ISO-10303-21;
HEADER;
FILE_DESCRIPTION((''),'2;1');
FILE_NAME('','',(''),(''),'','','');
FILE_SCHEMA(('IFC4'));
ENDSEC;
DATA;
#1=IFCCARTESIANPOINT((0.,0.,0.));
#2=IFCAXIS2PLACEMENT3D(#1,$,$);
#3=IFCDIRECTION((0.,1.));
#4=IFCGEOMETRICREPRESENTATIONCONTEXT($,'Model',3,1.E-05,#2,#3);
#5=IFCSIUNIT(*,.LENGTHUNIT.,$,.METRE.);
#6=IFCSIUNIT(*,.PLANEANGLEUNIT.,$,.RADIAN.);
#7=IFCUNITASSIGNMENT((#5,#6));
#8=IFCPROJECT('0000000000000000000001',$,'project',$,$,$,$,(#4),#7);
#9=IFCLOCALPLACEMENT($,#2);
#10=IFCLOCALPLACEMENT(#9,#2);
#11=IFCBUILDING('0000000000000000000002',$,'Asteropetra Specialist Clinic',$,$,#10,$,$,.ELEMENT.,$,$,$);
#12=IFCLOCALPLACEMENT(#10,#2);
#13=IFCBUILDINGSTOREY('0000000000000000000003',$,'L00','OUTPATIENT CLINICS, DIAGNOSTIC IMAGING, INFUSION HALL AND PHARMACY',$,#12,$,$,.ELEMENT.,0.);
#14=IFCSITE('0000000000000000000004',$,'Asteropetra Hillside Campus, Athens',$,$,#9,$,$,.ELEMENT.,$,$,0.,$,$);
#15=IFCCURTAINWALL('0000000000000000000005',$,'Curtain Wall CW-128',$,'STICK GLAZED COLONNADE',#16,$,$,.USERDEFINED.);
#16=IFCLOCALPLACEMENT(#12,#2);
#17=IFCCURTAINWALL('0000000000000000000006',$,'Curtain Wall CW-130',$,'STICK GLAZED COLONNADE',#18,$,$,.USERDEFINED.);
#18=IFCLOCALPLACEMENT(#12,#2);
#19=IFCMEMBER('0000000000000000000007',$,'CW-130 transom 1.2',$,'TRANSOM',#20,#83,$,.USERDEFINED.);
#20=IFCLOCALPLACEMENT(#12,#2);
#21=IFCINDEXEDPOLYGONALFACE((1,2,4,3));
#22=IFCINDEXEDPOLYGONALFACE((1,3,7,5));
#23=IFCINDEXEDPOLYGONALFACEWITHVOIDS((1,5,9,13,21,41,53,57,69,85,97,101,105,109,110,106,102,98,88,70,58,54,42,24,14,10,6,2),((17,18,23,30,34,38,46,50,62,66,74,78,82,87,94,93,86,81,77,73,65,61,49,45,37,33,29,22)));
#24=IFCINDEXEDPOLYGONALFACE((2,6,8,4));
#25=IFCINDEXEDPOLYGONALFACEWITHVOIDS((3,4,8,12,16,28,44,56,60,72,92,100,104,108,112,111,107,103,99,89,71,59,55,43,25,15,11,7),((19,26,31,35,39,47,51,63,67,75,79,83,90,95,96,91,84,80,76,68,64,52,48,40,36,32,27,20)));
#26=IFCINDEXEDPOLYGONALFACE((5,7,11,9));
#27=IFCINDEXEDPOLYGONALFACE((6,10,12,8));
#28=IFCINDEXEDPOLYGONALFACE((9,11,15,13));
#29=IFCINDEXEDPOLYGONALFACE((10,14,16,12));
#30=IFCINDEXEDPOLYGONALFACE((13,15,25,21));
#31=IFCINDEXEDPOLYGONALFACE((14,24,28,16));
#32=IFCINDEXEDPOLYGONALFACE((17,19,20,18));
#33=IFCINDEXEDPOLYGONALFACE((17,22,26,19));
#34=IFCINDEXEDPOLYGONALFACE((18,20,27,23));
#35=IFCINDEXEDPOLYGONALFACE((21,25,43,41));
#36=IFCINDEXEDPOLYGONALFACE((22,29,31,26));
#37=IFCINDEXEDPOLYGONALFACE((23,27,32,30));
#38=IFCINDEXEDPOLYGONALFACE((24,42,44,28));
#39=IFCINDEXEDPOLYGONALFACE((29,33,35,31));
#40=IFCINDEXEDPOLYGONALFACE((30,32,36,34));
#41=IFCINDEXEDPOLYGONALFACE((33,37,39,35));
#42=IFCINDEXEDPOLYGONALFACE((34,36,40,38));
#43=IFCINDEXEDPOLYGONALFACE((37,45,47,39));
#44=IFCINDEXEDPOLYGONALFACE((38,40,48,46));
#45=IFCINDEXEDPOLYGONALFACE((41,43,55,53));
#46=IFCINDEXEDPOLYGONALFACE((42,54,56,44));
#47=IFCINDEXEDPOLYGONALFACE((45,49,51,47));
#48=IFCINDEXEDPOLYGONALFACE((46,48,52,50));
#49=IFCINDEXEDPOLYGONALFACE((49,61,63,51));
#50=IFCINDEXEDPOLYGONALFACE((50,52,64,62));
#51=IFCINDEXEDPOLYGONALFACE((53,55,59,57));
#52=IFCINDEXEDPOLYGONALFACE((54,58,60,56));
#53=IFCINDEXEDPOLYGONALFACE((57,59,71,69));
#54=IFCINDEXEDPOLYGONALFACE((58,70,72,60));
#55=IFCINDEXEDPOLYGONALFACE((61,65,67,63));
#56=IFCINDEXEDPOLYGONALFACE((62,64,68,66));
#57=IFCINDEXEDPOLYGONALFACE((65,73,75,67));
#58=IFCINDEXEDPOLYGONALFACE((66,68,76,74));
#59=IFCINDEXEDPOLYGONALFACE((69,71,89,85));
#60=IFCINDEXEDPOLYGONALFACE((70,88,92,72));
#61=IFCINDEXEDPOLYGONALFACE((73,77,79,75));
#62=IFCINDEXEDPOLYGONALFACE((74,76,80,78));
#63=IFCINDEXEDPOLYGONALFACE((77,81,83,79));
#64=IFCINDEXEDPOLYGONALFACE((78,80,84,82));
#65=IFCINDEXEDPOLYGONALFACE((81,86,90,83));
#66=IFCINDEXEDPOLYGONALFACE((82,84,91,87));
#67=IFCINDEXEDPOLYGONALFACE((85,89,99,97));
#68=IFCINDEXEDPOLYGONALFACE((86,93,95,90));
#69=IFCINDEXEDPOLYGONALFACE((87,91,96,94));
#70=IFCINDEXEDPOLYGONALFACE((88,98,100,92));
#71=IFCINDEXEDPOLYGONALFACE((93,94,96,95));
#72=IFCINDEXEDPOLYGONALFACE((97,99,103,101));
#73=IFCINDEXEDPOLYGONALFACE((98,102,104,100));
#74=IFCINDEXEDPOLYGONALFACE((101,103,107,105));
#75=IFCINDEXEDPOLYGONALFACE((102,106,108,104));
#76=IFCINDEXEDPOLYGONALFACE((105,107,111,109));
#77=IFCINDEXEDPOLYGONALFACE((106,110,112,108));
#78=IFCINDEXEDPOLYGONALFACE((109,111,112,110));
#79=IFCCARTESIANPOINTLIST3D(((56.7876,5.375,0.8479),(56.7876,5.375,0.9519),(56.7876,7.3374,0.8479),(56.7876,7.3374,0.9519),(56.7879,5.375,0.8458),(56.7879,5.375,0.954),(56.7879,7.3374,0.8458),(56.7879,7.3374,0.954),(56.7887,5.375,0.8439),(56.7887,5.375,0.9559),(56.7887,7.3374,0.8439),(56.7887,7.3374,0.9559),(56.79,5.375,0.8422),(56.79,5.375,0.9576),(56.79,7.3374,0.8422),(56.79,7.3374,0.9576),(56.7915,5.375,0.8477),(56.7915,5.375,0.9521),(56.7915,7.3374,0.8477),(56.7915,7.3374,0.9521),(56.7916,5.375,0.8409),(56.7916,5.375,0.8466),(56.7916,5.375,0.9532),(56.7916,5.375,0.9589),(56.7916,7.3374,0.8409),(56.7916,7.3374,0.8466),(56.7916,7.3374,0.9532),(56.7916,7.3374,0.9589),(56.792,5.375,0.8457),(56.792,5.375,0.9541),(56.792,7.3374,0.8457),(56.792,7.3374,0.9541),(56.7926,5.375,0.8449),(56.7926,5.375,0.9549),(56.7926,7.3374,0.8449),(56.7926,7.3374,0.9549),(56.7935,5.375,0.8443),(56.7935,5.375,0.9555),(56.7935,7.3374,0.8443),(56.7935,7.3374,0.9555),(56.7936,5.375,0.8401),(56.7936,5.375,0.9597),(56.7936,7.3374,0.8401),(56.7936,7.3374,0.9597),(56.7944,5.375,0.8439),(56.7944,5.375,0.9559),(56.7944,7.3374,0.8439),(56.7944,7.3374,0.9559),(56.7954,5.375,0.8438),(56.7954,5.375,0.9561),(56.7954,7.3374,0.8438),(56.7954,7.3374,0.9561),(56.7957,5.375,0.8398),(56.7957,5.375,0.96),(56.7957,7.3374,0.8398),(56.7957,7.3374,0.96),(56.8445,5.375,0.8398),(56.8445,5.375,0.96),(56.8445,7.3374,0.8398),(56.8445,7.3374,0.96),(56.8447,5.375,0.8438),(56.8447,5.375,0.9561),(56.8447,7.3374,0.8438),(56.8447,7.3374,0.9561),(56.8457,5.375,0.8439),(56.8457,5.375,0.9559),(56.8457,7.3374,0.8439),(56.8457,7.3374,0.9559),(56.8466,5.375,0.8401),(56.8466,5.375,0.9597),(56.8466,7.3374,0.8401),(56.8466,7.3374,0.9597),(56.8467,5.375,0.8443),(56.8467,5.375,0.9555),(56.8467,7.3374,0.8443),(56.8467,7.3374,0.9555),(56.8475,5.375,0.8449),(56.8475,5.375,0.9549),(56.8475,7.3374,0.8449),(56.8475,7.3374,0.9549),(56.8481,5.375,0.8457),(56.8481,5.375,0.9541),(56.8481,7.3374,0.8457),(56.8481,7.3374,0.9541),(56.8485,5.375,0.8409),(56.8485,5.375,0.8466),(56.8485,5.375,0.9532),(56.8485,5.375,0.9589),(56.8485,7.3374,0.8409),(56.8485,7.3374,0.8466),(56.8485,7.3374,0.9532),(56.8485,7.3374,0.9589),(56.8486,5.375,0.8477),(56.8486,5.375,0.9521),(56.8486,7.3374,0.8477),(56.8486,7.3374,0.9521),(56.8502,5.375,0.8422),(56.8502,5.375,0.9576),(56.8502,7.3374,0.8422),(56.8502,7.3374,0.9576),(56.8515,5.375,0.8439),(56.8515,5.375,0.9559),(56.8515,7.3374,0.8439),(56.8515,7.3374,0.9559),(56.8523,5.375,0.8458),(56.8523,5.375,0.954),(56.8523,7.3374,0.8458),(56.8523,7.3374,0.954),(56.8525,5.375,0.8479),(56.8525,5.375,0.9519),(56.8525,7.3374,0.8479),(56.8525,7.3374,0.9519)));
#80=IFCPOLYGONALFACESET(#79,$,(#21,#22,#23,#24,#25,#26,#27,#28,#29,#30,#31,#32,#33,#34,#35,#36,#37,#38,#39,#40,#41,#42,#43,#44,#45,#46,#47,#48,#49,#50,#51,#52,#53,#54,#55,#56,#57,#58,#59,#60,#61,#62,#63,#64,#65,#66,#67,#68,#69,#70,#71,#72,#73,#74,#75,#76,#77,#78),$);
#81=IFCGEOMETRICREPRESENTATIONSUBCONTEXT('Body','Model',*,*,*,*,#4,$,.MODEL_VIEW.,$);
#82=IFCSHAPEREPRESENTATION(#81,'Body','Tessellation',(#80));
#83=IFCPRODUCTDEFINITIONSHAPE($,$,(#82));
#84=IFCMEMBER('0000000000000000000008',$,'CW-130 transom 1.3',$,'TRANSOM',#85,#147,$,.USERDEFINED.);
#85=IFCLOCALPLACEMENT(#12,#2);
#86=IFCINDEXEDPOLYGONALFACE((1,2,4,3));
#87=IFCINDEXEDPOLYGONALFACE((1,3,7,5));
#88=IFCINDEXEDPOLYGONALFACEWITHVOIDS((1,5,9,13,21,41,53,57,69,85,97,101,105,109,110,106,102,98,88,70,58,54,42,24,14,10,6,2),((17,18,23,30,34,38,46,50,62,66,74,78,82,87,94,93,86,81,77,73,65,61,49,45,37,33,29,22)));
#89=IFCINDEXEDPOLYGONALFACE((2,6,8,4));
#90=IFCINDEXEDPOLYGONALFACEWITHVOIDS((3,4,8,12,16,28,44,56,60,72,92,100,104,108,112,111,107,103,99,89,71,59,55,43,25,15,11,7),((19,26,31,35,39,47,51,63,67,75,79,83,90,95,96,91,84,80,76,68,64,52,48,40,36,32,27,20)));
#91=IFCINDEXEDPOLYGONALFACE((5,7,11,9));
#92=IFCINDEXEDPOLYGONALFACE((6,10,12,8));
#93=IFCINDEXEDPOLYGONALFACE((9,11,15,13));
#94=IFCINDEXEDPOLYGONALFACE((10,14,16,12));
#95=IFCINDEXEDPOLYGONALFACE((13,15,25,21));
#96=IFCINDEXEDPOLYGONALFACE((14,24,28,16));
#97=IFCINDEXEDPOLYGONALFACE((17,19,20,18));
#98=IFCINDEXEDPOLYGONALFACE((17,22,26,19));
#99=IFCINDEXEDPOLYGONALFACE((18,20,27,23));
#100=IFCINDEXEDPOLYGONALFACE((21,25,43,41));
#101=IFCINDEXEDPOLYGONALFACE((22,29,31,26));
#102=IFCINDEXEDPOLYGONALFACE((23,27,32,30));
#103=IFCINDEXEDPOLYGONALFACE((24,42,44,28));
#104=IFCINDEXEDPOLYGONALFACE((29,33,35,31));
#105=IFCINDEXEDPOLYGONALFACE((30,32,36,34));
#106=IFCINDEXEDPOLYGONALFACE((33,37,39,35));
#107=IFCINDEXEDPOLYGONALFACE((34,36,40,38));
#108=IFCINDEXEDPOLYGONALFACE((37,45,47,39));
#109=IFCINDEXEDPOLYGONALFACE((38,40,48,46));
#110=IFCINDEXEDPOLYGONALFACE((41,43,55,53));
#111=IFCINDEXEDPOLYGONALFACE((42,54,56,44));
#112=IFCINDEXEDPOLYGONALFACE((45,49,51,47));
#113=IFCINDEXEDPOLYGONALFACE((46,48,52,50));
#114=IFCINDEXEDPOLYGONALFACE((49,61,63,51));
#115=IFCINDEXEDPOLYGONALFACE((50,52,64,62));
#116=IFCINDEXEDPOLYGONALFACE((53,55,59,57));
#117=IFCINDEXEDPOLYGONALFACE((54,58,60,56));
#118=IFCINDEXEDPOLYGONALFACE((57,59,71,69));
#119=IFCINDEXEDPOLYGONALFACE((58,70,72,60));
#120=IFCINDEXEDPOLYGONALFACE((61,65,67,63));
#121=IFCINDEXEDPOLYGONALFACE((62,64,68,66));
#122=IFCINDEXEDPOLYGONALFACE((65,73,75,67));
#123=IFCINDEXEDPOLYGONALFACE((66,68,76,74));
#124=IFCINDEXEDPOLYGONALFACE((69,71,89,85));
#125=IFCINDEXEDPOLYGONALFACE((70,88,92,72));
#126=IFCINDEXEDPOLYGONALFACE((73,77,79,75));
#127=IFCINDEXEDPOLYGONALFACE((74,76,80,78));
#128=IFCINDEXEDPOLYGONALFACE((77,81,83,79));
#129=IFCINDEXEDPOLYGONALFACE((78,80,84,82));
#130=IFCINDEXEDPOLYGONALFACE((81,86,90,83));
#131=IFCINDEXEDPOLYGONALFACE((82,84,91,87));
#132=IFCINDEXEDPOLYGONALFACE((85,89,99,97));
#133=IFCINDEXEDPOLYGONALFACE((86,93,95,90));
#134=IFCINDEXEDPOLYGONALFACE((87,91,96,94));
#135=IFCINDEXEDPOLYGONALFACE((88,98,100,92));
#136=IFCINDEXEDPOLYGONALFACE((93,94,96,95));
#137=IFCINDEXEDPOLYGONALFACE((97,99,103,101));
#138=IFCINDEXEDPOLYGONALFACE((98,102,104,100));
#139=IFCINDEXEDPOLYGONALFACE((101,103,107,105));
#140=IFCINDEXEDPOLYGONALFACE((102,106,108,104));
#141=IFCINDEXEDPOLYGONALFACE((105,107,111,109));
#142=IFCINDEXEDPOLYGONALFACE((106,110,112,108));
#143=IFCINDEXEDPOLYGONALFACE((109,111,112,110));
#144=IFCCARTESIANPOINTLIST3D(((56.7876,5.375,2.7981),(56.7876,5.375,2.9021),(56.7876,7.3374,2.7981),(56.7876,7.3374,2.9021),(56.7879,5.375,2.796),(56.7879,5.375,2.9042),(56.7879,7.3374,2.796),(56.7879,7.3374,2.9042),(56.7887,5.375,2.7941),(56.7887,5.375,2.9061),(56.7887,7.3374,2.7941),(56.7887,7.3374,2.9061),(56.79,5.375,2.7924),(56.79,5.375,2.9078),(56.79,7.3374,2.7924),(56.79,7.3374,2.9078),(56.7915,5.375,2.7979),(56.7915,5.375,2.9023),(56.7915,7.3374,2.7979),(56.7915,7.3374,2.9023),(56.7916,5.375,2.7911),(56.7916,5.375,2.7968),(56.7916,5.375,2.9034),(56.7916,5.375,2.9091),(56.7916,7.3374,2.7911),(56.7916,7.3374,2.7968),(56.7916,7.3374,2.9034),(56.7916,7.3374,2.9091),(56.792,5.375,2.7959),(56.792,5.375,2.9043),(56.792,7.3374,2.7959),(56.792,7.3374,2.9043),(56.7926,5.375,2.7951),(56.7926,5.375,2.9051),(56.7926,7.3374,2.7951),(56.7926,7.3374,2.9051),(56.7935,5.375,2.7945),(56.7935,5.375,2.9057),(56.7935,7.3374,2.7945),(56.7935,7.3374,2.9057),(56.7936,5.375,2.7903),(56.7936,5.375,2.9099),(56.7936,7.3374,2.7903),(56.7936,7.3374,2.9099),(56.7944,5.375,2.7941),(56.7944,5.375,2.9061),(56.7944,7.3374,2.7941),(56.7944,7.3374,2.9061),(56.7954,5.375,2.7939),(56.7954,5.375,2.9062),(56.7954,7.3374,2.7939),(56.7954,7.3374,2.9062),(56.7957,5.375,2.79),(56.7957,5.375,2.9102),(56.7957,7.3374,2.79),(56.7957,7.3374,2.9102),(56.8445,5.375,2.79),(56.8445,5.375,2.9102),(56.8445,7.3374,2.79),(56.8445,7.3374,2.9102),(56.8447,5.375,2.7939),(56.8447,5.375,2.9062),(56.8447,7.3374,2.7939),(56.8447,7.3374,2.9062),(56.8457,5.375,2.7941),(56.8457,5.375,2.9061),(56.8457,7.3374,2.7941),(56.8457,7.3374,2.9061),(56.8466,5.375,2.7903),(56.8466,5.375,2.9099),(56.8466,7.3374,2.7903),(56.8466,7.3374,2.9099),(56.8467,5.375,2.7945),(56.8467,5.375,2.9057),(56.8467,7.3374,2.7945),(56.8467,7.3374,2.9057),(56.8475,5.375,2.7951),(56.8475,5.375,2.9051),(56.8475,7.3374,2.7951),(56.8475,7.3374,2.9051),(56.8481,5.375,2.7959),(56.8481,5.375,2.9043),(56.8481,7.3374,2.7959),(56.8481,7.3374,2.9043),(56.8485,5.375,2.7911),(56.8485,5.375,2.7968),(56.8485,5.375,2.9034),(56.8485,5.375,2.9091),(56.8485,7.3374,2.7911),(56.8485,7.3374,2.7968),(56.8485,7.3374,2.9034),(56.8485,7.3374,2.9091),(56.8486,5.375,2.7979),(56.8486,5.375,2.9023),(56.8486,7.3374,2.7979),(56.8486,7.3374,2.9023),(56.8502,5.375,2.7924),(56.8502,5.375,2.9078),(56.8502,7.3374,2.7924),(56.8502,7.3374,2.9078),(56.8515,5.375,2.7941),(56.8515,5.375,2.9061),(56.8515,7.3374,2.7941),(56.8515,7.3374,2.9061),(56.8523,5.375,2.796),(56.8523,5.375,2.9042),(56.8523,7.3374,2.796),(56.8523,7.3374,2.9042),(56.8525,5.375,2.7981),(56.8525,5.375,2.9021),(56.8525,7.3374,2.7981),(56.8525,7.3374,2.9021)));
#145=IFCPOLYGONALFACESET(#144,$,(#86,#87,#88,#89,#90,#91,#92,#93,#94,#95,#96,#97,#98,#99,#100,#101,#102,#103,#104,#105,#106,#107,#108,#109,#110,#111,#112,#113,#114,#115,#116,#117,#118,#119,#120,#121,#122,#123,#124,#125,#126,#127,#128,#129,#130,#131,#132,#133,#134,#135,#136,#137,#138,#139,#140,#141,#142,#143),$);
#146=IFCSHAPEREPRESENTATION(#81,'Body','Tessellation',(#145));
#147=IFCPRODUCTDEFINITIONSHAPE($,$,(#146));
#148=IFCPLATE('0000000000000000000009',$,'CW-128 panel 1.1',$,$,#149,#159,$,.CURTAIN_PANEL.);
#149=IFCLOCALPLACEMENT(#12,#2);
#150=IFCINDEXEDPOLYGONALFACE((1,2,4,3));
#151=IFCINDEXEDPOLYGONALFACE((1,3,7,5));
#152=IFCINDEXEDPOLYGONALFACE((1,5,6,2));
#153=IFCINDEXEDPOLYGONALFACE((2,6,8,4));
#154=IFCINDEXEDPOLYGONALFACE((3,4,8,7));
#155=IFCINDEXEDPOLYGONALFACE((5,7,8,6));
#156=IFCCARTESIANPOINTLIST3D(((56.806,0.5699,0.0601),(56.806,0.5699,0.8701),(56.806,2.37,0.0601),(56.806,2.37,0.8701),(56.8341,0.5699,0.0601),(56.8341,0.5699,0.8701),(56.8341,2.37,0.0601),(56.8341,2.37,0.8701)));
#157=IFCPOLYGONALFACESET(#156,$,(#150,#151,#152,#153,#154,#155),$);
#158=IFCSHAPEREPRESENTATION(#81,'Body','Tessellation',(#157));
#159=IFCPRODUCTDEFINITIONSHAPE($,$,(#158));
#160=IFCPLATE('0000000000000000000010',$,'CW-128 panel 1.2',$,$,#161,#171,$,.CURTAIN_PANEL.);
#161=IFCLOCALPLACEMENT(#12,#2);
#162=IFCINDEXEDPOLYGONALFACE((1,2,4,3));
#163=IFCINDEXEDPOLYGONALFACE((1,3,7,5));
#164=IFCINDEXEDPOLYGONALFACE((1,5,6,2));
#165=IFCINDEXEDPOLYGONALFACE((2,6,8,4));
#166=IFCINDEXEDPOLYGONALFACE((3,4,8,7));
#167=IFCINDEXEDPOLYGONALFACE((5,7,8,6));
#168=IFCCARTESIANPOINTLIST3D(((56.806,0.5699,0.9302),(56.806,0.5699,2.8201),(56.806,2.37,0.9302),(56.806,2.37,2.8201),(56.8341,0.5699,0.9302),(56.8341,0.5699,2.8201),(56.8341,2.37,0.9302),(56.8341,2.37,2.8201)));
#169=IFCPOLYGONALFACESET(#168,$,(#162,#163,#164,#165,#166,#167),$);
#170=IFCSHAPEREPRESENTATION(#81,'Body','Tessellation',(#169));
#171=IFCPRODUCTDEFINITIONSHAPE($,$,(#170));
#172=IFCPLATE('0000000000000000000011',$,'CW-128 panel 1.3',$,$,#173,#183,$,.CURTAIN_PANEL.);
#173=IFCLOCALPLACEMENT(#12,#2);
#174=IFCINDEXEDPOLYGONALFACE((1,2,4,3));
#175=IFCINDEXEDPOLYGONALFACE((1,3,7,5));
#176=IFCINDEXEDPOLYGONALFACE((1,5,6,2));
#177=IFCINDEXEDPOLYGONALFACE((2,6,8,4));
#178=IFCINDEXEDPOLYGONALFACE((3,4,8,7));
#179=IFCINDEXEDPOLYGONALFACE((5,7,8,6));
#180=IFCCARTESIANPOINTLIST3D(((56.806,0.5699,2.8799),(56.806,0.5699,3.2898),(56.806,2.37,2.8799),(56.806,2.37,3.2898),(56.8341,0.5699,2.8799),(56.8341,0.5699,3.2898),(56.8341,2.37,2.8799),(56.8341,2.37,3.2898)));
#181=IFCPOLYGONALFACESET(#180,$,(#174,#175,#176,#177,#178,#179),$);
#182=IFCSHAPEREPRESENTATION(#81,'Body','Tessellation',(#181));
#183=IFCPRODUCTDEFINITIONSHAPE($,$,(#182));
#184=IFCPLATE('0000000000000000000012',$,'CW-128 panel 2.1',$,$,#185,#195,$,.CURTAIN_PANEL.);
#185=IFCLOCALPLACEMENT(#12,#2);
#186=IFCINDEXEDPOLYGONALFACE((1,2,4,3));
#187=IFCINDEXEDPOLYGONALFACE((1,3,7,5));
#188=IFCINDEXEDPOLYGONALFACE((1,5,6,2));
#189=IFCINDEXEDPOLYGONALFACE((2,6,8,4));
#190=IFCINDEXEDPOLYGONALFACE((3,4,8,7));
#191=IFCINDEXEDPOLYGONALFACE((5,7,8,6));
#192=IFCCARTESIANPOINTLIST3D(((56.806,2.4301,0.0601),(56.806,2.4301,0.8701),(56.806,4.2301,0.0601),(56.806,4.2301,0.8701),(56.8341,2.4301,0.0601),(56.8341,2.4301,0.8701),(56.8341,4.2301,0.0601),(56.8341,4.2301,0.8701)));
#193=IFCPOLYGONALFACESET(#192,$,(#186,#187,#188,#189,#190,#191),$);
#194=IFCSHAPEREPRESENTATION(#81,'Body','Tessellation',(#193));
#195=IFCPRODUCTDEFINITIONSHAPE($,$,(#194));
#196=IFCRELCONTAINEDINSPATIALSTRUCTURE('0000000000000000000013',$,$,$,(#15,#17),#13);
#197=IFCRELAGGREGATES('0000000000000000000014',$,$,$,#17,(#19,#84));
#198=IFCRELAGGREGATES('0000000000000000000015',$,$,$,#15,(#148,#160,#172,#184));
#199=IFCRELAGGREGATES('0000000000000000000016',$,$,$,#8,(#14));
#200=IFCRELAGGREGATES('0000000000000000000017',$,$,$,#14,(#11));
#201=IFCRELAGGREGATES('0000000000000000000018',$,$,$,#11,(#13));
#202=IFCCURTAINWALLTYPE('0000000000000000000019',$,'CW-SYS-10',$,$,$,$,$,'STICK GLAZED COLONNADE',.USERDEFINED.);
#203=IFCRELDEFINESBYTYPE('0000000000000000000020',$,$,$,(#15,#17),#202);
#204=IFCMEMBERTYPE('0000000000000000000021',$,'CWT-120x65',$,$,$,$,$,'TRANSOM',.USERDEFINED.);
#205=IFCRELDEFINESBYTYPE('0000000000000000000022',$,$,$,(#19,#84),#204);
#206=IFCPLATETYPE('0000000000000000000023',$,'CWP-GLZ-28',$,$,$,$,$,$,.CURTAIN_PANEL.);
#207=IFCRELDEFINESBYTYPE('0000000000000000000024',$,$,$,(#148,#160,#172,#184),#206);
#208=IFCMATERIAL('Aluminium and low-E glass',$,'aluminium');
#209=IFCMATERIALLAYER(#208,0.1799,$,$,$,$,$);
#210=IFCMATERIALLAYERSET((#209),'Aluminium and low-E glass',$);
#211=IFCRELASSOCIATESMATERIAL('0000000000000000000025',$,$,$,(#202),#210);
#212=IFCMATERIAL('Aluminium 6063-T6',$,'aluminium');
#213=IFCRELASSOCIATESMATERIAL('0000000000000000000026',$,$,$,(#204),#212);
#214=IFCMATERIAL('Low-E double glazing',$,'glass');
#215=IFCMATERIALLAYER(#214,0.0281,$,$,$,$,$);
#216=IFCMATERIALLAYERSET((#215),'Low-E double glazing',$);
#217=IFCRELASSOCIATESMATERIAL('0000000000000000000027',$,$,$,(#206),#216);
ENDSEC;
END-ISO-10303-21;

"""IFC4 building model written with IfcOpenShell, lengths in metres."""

from ifc_helpers import new_model, si_unit, direction, frame, origin, origin_2d, place, context, subcontext, project, spatial, rectangle, hollow_rectangle, extrude, material, layer, layer_set, material_profile, profile_set, type_object, element, aggregate, save


model = new_model("IFC4")

# Units and contexts
model_context = context("Model", 3, precision=1e-05, world=origin(), true_north=direction((0.0, 1.0)))
body_context = subcontext(model_context, "Body", "Model", "MODEL_VIEW")
ifc_project = project(units=[si_unit("LENGTHUNIT", "METRE"), si_unit("PLANEANGLEUNIT", "RADIAN")], contexts=[model_context])

# Site, building, storey
site_placement = place(None, origin())
site = spatial("IfcSite", under=ifc_project, at=site_placement, Name="Asteropetra Hillside Campus, Athens", CompositionType="ELEMENT", RefElevation=0.0)
building_placement = place(site_placement, origin())
building = spatial("IfcBuilding", under=site, at=building_placement, Name="Asteropetra Specialist Clinic", CompositionType="ELEMENT")
storey_placement = place(building_placement, origin())
storey = spatial("IfcBuildingStorey", under=building, at=storey_placement, Name="L00", Description="OUTPATIENT CLINICS, DIAGNOSTIC IMAGING, INFUSION HALL AND PHARMACY", CompositionType="ELEMENT", Elevation=0.0)

# Curtain wall
ifc_material_1 = material(Name="Aluminium and low-E glass", Category="aluminium")
ifc_layer_1 = layer(ifc_material_1, 0.1799)
ifc_layer_set_1 = layer_set([ifc_layer_1], Name="Aluminium and low-E glass")
curtain_wall_type = type_object("IfcCurtainWallType", Name="CW-SYS-10", ElementType="STICK GLAZED COLONNADE", PredefinedType="USERDEFINED", material=ifc_layer_set_1)
curtain_wall_1_placement = place(storey_placement, origin())
curtain_wall_1 = element("IfcCurtainWall", 1, at=curtain_wall_1_placement, inside=storey, type_object=curtain_wall_type, Name="Curtain Wall CW-128", ObjectType="STICK GLAZED COLONNADE", PredefinedType="USERDEFINED")

# Curtain wall
curtain_wall_2_placement = place(storey_placement, origin())
curtain_wall_2 = element("IfcCurtainWall", 2, at=curtain_wall_2_placement, inside=storey, type_object=curtain_wall_type, Name="Curtain Wall CW-130", ObjectType="STICK GLAZED COLONNADE", PredefinedType="USERDEFINED")

# Members
ifc_material_2 = material(Name="Aluminium 6063-T6", Category="aluminium")
ifc_material_profile_1 = material_profile(ifc_material_2, hollow_rectangle(XDim=0.0649, YDim=0.1201, WallThickness=0.0039, InnerFilletRadius=0.0039, OuterFilletRadius=0.0081, at=origin_2d()), Name="TRN 120x65x4.0")
ifc_profile_set_1 = profile_set([ifc_material_profile_1], Name="Aluminium 6063-T6")
member_type_1 = type_object("IfcMemberType", Name="CWT-120x65", ElementType="TRANSOM", PredefinedType="USERDEFINED", material=ifc_profile_set_1)
member_1_placement = place(storey_placement, frame((56.8201, 5.375, 0.8999), z_axis=(0.0, 1.0, 0.0), x_axis=(-1.0, 0.0, 0.0)))
member_1 = element("IfcMember", 3, at=member_1_placement, type_object=member_type_1, Name="CW-130 transom 1.2", ObjectType="TRANSOM", PredefinedType="USERDEFINED", context=body_context, shape_type="SweptSolid", body=[
    extrude(hollow_rectangle(XDim=0.0649, YDim=0.1201, WallThickness=0.0039, InnerFilletRadius=0.0039, OuterFilletRadius=0.0081, at=origin_2d()), origin(), (0.0, 0.0, 1.0), 1.9624),
])
member_2_placement = place(storey_placement, frame((56.8201, 5.375, 2.8501), z_axis=(0.0, 1.0, 0.0), x_axis=(-1.0, 0.0, 0.0)))
member_2 = element("IfcMember", 4, at=member_2_placement, type_object=member_type_1, Name="CW-130 transom 1.3", ObjectType="TRANSOM", PredefinedType="USERDEFINED", context=body_context, shape_type="SweptSolid", body=[
    extrude(hollow_rectangle(XDim=0.0649, YDim=0.1201, WallThickness=0.0039, InnerFilletRadius=0.0039, OuterFilletRadius=0.0081, at=origin_2d()), origin(), (0.0, 0.0, 1.0), 1.9624),
])
aggregate(curtain_wall_2, [member_1, member_2])

# Plates
ifc_material_3 = material(Name="Low-E double glazing", Category="glass")
ifc_layer_2 = layer(ifc_material_3, 0.0281)
ifc_layer_set_2 = layer_set([ifc_layer_2], Name="Low-E double glazing")
plate_type = type_object("IfcPlateType", Name="CWP-GLZ-28", PredefinedType="CURTAIN_PANEL", material=ifc_layer_set_2)
plate_1_placement = place(storey_placement, frame((56.8201, 1.47, 0.0601), z_axis=(0.0, 0.0, 1.0), x_axis=(0.0, 1.0, 0.0)))
plate_1 = element("IfcPlate", 5, at=plate_1_placement, type_object=plate_type, Name="CW-128 panel 1.1", PredefinedType="CURTAIN_PANEL", context=body_context, shape_type="SweptSolid", body=[
    extrude(rectangle(XDim=1.8, YDim=0.0281, at=origin_2d()), origin(), (0.0, 0.0, 1.0), 0.8101),
])
plate_2_placement = place(storey_placement, frame((56.8201, 1.47, 0.9302), z_axis=(0.0, 0.0, 1.0), x_axis=(0.0, 1.0, 0.0)))
plate_2 = element("IfcPlate", 6, at=plate_2_placement, type_object=plate_type, Name="CW-128 panel 1.2", PredefinedType="CURTAIN_PANEL", context=body_context, shape_type="SweptSolid", body=[
    extrude(rectangle(XDim=1.8, YDim=0.0281, at=origin_2d()), origin(), (0.0, 0.0, 1.0), 1.8899),
])
plate_3_placement = place(storey_placement, frame((56.8201, 1.47, 2.8799), z_axis=(0.0, 0.0, 1.0), x_axis=(0.0, 1.0, 0.0)))
plate_3 = element("IfcPlate", 7, at=plate_3_placement, type_object=plate_type, Name="CW-128 panel 1.3", PredefinedType="CURTAIN_PANEL", context=body_context, shape_type="SweptSolid", body=[
    extrude(rectangle(XDim=1.8, YDim=0.0281, at=origin_2d()), origin(), (0.0, 0.0, 1.0), 0.4099),
])
plate_4_placement = place(storey_placement, frame((56.8201, 3.3301, 0.0601), z_axis=(0.0, 0.0, 1.0), x_axis=(0.0, 1.0, 0.0)))
plate_4 = element("IfcPlate", 8, at=plate_4_placement, type_object=plate_type, Name="CW-128 panel 2.1", PredefinedType="CURTAIN_PANEL", context=body_context, shape_type="SweptSolid", body=[
    extrude(rectangle(XDim=1.8, YDim=0.0281, at=origin_2d()), origin(), (0.0, 0.0, 1.0), 0.8101),
])
aggregate(curtain_wall_1, [plate_1, plate_2, plate_3, plate_4])

save(model, "model.ifc")
